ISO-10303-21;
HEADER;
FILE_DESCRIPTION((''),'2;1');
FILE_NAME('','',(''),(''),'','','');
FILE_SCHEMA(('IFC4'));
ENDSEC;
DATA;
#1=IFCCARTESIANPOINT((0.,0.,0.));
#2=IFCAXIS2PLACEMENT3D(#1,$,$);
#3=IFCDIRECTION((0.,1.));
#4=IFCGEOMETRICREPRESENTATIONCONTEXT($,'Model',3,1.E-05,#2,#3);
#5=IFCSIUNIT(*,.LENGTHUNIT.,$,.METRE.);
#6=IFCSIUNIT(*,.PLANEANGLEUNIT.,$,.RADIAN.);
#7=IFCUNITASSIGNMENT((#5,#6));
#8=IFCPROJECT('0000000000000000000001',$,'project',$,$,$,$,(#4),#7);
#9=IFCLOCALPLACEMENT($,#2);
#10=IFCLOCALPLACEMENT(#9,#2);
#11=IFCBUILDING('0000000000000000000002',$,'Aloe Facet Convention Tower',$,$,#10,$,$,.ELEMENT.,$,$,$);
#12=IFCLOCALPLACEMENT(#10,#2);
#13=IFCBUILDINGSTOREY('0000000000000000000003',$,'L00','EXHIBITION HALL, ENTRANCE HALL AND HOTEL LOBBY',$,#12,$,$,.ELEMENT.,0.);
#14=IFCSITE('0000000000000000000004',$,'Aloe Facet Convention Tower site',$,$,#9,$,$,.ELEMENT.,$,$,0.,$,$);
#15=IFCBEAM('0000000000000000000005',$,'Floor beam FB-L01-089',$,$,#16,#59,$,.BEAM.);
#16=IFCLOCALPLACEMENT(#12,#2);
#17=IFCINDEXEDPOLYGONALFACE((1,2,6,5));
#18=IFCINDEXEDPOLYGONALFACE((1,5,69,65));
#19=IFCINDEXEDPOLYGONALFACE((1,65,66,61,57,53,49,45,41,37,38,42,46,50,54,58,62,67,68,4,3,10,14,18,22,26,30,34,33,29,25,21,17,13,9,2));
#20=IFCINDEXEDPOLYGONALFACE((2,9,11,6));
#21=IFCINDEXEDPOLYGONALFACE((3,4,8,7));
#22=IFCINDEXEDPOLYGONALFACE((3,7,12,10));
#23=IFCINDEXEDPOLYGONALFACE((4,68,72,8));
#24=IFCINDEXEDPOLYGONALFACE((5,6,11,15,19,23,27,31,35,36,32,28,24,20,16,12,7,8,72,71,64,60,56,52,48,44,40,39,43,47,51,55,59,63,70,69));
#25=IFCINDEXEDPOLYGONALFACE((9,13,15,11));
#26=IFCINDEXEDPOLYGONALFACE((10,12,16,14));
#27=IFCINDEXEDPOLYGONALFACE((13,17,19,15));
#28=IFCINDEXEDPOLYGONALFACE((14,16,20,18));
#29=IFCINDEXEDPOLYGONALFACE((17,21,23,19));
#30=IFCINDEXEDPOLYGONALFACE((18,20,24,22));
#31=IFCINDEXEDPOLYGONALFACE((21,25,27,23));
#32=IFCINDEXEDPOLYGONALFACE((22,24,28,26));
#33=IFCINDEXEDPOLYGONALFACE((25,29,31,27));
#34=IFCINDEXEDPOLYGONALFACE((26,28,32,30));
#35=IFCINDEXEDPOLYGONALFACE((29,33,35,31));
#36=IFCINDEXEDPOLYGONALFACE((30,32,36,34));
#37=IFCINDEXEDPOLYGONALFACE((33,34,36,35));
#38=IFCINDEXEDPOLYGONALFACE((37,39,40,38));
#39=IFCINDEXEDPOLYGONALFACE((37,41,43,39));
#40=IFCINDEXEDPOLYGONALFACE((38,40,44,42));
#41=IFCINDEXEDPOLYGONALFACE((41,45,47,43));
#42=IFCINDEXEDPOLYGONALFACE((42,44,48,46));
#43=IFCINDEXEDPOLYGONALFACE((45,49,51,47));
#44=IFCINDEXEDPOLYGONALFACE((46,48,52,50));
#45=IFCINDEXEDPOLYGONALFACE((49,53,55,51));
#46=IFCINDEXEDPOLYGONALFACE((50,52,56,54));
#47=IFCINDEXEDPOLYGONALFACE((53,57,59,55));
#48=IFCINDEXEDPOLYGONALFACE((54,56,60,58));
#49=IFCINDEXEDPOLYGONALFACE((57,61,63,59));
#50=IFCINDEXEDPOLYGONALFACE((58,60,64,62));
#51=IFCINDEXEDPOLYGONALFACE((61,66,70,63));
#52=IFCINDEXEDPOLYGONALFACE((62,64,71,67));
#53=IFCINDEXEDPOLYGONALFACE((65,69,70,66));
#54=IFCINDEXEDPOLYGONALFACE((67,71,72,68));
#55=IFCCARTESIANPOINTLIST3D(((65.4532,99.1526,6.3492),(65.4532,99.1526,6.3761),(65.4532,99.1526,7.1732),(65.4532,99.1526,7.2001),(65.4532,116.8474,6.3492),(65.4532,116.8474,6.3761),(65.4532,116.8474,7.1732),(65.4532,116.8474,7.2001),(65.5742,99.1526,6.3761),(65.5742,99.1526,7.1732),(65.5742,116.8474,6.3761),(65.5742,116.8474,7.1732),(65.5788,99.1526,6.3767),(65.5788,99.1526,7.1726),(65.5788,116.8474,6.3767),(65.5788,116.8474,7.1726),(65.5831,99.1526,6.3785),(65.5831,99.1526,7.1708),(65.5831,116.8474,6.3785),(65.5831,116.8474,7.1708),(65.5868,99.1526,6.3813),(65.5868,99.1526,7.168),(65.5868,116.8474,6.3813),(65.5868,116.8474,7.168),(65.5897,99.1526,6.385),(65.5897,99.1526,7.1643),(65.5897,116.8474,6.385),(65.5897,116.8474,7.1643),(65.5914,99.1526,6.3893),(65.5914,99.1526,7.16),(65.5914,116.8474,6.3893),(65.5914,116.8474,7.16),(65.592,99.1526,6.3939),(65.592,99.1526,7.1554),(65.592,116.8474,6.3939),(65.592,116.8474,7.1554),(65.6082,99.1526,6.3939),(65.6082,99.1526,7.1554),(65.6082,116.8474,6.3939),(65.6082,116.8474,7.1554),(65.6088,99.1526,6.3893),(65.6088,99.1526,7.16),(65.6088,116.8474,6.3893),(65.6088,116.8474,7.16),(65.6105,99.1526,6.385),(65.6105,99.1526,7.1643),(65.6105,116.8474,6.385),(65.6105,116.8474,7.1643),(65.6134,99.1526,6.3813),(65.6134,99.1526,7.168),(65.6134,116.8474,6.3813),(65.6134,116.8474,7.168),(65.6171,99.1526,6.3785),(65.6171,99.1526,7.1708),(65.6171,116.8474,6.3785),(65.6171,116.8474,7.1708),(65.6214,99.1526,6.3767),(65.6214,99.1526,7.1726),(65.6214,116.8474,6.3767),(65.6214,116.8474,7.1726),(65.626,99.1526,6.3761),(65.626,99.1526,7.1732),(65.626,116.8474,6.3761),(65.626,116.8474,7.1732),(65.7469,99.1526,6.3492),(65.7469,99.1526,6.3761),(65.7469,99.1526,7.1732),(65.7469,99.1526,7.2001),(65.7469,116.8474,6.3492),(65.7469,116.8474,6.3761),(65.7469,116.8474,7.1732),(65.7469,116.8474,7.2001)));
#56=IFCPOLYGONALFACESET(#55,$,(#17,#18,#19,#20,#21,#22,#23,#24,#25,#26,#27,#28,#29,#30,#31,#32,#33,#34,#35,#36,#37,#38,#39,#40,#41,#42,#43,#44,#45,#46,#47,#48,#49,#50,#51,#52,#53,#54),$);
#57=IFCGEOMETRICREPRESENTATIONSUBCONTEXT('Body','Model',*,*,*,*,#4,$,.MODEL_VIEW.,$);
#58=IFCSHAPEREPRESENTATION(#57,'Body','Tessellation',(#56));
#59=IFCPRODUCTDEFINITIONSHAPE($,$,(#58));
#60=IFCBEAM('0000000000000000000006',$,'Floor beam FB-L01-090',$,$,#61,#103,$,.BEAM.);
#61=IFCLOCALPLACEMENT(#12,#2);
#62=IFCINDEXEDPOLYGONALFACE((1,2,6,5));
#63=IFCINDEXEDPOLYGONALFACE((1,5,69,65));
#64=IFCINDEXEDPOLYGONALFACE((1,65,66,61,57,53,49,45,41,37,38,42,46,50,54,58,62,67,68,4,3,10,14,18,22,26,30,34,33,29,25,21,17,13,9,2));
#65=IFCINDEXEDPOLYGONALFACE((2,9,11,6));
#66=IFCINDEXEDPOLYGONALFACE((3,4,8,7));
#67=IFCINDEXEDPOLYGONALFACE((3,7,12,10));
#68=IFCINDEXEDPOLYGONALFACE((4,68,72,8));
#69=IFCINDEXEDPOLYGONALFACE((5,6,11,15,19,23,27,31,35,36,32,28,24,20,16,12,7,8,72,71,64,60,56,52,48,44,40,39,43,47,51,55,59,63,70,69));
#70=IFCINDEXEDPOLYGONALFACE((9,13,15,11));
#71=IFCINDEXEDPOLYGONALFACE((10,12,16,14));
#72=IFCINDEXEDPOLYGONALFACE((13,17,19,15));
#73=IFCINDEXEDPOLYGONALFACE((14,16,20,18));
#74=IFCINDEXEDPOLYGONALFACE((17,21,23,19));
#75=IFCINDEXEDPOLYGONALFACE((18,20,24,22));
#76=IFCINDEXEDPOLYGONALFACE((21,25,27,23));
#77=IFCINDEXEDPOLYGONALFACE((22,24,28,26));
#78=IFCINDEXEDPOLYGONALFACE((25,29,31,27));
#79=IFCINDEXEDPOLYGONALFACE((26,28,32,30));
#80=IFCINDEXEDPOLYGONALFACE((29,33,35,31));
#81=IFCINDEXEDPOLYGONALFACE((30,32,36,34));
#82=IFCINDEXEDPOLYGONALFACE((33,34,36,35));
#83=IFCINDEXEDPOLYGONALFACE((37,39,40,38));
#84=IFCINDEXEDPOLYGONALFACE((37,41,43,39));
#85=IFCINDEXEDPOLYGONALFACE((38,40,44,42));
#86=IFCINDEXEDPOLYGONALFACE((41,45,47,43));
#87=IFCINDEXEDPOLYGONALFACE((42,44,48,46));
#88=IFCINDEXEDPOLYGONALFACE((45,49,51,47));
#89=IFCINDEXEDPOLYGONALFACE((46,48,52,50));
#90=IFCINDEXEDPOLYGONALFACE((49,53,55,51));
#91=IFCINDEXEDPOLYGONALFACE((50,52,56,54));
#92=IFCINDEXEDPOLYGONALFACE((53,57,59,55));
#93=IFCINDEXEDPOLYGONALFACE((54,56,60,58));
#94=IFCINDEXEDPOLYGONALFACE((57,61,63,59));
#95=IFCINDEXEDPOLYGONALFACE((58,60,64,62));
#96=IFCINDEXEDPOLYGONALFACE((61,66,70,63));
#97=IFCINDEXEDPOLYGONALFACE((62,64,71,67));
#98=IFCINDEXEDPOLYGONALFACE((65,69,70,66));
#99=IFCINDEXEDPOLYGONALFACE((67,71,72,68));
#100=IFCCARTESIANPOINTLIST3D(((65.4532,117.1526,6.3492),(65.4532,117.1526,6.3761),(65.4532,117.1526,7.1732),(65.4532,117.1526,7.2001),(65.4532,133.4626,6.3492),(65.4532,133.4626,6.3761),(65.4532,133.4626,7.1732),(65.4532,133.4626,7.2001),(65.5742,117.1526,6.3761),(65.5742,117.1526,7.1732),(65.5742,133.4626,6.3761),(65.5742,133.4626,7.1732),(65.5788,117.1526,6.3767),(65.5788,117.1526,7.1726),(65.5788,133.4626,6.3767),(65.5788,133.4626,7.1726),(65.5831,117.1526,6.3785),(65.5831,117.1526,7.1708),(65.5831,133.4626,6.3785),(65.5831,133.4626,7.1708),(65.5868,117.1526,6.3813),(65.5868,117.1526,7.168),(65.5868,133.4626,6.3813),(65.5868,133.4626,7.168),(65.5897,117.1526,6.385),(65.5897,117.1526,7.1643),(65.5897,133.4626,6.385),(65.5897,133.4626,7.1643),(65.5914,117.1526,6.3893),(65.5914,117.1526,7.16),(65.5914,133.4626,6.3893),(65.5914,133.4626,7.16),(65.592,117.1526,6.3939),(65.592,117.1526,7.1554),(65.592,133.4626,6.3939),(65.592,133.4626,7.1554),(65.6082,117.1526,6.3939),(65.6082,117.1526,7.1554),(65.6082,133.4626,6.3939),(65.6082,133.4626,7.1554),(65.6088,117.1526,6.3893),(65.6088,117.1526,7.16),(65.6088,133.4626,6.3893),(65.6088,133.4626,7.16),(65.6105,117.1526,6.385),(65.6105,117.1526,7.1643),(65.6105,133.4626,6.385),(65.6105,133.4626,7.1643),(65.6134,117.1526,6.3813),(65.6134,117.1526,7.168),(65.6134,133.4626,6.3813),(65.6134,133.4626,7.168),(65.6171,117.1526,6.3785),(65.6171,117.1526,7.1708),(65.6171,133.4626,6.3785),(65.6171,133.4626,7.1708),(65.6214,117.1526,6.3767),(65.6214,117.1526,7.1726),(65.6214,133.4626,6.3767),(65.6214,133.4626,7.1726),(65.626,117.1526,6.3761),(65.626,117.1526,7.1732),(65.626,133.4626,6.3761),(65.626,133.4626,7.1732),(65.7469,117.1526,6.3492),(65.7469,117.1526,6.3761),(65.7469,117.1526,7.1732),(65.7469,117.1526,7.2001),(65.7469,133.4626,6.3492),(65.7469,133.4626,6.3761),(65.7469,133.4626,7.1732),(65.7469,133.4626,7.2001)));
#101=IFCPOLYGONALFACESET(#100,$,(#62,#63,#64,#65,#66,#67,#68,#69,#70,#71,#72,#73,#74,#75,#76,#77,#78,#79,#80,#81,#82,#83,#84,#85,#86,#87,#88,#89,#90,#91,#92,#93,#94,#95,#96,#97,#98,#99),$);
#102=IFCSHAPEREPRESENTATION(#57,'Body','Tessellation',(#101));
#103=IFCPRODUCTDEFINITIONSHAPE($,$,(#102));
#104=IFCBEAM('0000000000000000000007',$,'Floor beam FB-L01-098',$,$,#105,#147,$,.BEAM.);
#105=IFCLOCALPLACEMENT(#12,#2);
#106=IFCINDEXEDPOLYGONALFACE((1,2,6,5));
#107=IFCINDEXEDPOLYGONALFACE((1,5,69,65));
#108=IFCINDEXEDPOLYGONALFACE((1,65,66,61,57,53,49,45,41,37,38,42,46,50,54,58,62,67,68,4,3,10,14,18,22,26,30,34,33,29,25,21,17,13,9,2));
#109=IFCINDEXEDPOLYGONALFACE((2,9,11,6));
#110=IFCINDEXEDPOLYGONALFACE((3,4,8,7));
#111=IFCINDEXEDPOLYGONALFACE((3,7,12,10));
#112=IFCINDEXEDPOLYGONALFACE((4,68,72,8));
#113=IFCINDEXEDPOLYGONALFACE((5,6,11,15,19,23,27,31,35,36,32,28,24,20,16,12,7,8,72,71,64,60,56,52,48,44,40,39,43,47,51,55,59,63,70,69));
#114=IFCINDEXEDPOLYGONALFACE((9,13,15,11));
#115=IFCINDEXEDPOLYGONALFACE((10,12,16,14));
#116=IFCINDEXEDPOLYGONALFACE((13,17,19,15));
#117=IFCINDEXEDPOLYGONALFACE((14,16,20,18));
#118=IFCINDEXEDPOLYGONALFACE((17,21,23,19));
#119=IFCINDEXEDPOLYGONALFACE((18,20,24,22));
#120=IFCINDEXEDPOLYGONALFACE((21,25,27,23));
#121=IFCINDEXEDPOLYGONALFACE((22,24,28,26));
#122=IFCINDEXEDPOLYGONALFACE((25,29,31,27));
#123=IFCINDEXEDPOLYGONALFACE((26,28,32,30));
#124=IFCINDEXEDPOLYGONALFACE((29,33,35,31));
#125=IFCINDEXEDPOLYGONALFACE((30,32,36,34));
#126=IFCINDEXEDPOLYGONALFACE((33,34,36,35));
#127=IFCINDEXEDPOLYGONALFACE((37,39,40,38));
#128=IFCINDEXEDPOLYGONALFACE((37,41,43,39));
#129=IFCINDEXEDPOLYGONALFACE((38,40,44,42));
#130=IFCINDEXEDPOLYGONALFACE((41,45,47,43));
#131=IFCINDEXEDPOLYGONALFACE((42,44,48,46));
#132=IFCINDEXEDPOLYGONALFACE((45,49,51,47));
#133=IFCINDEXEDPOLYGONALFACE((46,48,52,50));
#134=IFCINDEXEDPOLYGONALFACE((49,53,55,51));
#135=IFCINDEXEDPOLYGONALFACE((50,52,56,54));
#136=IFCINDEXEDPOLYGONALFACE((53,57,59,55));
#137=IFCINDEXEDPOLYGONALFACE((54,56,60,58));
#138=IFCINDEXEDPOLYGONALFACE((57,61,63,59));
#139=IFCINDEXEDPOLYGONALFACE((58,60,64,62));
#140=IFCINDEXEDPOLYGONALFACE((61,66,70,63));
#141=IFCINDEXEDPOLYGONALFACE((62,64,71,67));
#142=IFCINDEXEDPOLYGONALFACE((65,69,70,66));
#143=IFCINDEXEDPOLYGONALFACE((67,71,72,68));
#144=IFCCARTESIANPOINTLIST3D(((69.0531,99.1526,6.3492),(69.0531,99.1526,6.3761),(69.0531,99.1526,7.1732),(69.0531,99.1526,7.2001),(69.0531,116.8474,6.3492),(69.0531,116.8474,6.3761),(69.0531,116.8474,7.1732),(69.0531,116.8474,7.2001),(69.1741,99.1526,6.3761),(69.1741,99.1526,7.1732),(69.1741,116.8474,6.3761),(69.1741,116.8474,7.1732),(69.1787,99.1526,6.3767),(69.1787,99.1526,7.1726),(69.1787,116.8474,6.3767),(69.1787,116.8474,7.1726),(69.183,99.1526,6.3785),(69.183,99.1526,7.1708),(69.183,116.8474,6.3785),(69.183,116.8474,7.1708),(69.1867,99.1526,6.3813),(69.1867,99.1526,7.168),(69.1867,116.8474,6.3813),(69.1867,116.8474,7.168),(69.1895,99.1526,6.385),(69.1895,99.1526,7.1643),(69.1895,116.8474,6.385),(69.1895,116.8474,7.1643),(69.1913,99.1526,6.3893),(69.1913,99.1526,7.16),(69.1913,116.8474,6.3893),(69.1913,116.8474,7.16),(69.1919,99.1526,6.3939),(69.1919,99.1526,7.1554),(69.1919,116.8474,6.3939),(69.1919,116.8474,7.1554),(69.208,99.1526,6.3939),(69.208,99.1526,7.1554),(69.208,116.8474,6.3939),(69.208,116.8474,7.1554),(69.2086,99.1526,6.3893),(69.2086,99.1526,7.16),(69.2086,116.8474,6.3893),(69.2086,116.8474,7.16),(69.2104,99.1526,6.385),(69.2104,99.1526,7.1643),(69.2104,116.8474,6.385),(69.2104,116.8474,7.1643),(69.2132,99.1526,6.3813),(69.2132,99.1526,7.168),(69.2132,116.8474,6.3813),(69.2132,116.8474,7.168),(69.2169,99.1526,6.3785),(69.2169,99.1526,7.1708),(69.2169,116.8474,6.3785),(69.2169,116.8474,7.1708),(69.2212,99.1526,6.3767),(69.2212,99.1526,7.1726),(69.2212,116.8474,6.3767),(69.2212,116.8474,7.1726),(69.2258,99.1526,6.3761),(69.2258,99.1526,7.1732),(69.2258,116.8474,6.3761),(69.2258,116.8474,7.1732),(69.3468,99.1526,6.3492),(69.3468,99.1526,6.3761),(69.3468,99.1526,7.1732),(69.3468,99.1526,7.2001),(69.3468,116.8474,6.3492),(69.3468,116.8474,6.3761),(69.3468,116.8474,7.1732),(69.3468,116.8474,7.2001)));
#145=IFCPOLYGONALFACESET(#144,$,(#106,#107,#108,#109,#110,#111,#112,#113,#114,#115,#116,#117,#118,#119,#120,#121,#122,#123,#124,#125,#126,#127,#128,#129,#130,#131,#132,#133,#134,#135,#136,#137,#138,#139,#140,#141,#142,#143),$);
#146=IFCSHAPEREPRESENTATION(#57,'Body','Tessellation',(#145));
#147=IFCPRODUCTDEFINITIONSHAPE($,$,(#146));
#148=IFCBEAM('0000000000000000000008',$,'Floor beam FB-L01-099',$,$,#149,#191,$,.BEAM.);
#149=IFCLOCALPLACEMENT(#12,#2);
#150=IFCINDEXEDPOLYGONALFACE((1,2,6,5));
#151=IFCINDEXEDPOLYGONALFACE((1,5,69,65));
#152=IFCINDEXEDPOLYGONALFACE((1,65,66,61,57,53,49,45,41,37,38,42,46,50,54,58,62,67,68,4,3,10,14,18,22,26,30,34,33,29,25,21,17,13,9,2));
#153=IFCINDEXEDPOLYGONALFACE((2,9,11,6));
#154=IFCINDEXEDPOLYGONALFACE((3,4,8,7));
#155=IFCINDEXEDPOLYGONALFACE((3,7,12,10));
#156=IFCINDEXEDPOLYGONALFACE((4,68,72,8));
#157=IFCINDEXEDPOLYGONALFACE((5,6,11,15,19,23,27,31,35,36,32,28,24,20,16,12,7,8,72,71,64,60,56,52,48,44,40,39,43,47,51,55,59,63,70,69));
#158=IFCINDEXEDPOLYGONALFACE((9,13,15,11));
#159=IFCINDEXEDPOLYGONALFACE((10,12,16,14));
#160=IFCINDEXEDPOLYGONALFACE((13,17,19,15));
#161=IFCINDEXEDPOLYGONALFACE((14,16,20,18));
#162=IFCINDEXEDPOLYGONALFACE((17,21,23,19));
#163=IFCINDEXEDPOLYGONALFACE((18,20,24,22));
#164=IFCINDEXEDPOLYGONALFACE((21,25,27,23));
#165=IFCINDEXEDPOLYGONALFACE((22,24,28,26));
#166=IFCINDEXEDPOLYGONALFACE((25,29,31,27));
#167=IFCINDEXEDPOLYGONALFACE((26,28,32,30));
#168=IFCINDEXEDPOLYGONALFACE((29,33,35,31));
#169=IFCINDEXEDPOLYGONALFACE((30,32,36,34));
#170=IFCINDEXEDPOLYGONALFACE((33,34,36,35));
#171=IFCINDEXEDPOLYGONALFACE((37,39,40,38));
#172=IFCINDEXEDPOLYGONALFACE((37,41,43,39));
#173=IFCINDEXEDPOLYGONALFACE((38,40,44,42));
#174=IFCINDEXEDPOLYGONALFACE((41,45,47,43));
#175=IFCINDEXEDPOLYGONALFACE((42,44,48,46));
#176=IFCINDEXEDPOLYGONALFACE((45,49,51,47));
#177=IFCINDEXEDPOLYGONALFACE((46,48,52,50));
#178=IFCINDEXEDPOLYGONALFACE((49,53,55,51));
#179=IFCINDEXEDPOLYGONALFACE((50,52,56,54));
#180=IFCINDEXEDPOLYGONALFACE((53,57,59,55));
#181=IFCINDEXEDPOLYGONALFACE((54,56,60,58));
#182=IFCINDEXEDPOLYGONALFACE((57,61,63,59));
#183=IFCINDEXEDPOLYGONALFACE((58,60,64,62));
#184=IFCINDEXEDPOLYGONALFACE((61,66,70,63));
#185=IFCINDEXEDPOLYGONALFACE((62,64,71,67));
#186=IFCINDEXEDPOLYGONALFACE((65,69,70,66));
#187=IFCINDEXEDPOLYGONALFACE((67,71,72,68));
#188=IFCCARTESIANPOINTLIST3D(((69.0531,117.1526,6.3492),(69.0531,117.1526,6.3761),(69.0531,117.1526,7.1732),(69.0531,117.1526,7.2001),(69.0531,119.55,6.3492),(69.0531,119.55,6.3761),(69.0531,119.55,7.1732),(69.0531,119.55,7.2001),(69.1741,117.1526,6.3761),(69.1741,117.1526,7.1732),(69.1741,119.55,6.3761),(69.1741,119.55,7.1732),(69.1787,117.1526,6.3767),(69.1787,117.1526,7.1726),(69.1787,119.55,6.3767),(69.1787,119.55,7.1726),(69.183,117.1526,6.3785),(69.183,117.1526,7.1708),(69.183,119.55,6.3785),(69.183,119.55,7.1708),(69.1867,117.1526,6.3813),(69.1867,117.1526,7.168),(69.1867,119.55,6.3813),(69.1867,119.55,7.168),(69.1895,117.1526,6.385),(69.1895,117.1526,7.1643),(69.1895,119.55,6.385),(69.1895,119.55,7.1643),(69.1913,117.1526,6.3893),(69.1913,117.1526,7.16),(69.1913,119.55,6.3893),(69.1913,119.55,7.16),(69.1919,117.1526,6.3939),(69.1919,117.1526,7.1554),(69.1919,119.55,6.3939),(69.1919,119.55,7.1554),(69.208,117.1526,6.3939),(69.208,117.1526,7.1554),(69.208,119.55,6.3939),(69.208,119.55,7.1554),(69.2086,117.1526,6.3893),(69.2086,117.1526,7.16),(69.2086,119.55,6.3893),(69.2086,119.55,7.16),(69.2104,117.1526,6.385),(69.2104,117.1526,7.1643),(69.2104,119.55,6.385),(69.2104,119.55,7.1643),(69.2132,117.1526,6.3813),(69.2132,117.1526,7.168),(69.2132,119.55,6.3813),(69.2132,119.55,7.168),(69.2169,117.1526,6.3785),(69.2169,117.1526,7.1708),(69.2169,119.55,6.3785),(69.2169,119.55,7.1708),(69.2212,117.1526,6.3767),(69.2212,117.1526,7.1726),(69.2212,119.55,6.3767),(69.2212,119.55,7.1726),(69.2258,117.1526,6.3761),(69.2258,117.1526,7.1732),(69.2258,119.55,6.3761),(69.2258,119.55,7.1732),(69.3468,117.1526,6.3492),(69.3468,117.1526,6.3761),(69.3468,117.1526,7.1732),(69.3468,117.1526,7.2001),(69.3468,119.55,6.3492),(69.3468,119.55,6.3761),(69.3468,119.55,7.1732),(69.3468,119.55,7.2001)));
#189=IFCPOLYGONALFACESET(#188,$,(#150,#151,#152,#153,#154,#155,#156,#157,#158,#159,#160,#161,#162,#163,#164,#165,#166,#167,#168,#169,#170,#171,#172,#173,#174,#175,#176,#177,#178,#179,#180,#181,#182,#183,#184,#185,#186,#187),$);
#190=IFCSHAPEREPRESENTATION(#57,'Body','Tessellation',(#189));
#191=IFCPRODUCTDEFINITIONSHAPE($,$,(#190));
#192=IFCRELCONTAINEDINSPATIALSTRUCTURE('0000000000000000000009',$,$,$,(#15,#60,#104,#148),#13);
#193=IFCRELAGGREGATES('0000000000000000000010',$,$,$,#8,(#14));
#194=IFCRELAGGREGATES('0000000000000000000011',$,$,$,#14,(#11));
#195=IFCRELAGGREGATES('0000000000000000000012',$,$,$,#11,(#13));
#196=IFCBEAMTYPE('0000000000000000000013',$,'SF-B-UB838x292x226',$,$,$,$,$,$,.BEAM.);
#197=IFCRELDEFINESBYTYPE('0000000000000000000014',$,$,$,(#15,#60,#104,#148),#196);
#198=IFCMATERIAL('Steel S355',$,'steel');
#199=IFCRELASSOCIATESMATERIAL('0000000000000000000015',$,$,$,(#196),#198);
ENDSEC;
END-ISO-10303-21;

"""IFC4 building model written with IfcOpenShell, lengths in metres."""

from ifc_helpers import new_model, si_unit, direction, frame, origin, origin_2d, place, context, subcontext, project, spatial, i_section, extrude, material, material_profile, profile_set, type_object, element, save


model = new_model("IFC4")

# Units and contexts
model_context = context("Model", 3, precision=1e-05, world=origin(), true_north=direction((0.0, 1.0)))
body_context = subcontext(model_context, "Body", "Model", "MODEL_VIEW")
ifc_project = project(units=[si_unit("LENGTHUNIT", "METRE"), si_unit("PLANEANGLEUNIT", "RADIAN")], contexts=[model_context])

# Site, building, storey
site_placement = place(None, origin())
site = spatial("IfcSite", under=ifc_project, at=site_placement, Name="Aloe Facet Convention Tower site", CompositionType="ELEMENT", RefElevation=0.0)
building_placement = place(site_placement, origin())
building = spatial("IfcBuilding", under=site, at=building_placement, Name="Aloe Facet Convention Tower", CompositionType="ELEMENT")
storey_placement = place(building_placement, origin())
storey = spatial("IfcBuildingStorey", under=building, at=storey_placement, Name="L00", Description="EXHIBITION HALL, ENTRANCE HALL AND HOTEL LOBBY", CompositionType="ELEMENT", Elevation=0.0)

# Beams
ifc_material_1 = material(Name="Steel S355", Category="steel")
ifc_material_profile_1 = material_profile(ifc_material_1, i_section(OverallWidth=0.2937, OverallDepth=0.8508, WebThickness=0.0161, FlangeThickness=0.0269, FilletRadius=0.0178, at=origin_2d()), Name="UB 838x292x226")
ifc_profile_set_1 = profile_set([ifc_material_profile_1], Name="Steel S355")
beam_type_1 = type_object("IfcBeamType", Name="SF-B-UB838x292x226", PredefinedType="BEAM", material=ifc_profile_set_1)
beam_1_placement = place(storey_placement, frame((65.6001, 99.1526, 6.7747), z_axis=(0.0, 1.0, 0.0), x_axis=(-1.0, 0.0, 0.0)))
element("IfcBeam", 1, at=beam_1_placement, inside=storey, type_object=beam_type_1, Name="Floor beam FB-L01-089", PredefinedType="BEAM", context=body_context, shape_type="SweptSolid", body=[
    extrude(i_section(OverallWidth=0.2937, OverallDepth=0.8508, WebThickness=0.0161, FlangeThickness=0.0269, FilletRadius=0.0178, at=origin_2d()), origin(), (0.0, 0.0, 1.0), 17.6948),
])
beam_2_placement = place(storey_placement, frame((65.6001, 117.1526, 6.7747), z_axis=(0.0, 1.0, 0.0), x_axis=(-1.0, 0.0, 0.0)))
element("IfcBeam", 2, at=beam_2_placement, inside=storey, type_object=beam_type_1, Name="Floor beam FB-L01-090", PredefinedType="BEAM", context=body_context, shape_type="SweptSolid", body=[
    extrude(i_section(OverallWidth=0.2937, OverallDepth=0.8508, WebThickness=0.0161, FlangeThickness=0.0269, FilletRadius=0.0178, at=origin_2d()), origin(), (0.0, 0.0, 1.0), 16.3101),
])
beam_3_placement = place(storey_placement, frame((69.2, 99.1526, 6.7747), z_axis=(0.0, 1.0, 0.0), x_axis=(-1.0, 0.0, 0.0)))
element("IfcBeam", 3, at=beam_3_placement, inside=storey, type_object=beam_type_1, Name="Floor beam FB-L01-098", PredefinedType="BEAM", context=body_context, shape_type="SweptSolid", body=[
    extrude(i_section(OverallWidth=0.2937, OverallDepth=0.8508, WebThickness=0.0161, FlangeThickness=0.0269, FilletRadius=0.0178, at=origin_2d()), origin(), (0.0, 0.0, 1.0), 17.6948),
])
beam_4_placement = place(storey_placement, frame((69.2, 117.1526, 6.7747), z_axis=(0.0, 1.0, 0.0), x_axis=(-1.0, 0.0, 0.0)))
element("IfcBeam", 4, at=beam_4_placement, inside=storey, type_object=beam_type_1, Name="Floor beam FB-L01-099", PredefinedType="BEAM", context=body_context, shape_type="SweptSolid", body=[
    extrude(i_section(OverallWidth=0.2937, OverallDepth=0.8508, WebThickness=0.0161, FlangeThickness=0.0269, FilletRadius=0.0178, at=origin_2d()), origin(), (0.0, 0.0, 1.0), 2.3975),
])

save(model, "model.ifc")
